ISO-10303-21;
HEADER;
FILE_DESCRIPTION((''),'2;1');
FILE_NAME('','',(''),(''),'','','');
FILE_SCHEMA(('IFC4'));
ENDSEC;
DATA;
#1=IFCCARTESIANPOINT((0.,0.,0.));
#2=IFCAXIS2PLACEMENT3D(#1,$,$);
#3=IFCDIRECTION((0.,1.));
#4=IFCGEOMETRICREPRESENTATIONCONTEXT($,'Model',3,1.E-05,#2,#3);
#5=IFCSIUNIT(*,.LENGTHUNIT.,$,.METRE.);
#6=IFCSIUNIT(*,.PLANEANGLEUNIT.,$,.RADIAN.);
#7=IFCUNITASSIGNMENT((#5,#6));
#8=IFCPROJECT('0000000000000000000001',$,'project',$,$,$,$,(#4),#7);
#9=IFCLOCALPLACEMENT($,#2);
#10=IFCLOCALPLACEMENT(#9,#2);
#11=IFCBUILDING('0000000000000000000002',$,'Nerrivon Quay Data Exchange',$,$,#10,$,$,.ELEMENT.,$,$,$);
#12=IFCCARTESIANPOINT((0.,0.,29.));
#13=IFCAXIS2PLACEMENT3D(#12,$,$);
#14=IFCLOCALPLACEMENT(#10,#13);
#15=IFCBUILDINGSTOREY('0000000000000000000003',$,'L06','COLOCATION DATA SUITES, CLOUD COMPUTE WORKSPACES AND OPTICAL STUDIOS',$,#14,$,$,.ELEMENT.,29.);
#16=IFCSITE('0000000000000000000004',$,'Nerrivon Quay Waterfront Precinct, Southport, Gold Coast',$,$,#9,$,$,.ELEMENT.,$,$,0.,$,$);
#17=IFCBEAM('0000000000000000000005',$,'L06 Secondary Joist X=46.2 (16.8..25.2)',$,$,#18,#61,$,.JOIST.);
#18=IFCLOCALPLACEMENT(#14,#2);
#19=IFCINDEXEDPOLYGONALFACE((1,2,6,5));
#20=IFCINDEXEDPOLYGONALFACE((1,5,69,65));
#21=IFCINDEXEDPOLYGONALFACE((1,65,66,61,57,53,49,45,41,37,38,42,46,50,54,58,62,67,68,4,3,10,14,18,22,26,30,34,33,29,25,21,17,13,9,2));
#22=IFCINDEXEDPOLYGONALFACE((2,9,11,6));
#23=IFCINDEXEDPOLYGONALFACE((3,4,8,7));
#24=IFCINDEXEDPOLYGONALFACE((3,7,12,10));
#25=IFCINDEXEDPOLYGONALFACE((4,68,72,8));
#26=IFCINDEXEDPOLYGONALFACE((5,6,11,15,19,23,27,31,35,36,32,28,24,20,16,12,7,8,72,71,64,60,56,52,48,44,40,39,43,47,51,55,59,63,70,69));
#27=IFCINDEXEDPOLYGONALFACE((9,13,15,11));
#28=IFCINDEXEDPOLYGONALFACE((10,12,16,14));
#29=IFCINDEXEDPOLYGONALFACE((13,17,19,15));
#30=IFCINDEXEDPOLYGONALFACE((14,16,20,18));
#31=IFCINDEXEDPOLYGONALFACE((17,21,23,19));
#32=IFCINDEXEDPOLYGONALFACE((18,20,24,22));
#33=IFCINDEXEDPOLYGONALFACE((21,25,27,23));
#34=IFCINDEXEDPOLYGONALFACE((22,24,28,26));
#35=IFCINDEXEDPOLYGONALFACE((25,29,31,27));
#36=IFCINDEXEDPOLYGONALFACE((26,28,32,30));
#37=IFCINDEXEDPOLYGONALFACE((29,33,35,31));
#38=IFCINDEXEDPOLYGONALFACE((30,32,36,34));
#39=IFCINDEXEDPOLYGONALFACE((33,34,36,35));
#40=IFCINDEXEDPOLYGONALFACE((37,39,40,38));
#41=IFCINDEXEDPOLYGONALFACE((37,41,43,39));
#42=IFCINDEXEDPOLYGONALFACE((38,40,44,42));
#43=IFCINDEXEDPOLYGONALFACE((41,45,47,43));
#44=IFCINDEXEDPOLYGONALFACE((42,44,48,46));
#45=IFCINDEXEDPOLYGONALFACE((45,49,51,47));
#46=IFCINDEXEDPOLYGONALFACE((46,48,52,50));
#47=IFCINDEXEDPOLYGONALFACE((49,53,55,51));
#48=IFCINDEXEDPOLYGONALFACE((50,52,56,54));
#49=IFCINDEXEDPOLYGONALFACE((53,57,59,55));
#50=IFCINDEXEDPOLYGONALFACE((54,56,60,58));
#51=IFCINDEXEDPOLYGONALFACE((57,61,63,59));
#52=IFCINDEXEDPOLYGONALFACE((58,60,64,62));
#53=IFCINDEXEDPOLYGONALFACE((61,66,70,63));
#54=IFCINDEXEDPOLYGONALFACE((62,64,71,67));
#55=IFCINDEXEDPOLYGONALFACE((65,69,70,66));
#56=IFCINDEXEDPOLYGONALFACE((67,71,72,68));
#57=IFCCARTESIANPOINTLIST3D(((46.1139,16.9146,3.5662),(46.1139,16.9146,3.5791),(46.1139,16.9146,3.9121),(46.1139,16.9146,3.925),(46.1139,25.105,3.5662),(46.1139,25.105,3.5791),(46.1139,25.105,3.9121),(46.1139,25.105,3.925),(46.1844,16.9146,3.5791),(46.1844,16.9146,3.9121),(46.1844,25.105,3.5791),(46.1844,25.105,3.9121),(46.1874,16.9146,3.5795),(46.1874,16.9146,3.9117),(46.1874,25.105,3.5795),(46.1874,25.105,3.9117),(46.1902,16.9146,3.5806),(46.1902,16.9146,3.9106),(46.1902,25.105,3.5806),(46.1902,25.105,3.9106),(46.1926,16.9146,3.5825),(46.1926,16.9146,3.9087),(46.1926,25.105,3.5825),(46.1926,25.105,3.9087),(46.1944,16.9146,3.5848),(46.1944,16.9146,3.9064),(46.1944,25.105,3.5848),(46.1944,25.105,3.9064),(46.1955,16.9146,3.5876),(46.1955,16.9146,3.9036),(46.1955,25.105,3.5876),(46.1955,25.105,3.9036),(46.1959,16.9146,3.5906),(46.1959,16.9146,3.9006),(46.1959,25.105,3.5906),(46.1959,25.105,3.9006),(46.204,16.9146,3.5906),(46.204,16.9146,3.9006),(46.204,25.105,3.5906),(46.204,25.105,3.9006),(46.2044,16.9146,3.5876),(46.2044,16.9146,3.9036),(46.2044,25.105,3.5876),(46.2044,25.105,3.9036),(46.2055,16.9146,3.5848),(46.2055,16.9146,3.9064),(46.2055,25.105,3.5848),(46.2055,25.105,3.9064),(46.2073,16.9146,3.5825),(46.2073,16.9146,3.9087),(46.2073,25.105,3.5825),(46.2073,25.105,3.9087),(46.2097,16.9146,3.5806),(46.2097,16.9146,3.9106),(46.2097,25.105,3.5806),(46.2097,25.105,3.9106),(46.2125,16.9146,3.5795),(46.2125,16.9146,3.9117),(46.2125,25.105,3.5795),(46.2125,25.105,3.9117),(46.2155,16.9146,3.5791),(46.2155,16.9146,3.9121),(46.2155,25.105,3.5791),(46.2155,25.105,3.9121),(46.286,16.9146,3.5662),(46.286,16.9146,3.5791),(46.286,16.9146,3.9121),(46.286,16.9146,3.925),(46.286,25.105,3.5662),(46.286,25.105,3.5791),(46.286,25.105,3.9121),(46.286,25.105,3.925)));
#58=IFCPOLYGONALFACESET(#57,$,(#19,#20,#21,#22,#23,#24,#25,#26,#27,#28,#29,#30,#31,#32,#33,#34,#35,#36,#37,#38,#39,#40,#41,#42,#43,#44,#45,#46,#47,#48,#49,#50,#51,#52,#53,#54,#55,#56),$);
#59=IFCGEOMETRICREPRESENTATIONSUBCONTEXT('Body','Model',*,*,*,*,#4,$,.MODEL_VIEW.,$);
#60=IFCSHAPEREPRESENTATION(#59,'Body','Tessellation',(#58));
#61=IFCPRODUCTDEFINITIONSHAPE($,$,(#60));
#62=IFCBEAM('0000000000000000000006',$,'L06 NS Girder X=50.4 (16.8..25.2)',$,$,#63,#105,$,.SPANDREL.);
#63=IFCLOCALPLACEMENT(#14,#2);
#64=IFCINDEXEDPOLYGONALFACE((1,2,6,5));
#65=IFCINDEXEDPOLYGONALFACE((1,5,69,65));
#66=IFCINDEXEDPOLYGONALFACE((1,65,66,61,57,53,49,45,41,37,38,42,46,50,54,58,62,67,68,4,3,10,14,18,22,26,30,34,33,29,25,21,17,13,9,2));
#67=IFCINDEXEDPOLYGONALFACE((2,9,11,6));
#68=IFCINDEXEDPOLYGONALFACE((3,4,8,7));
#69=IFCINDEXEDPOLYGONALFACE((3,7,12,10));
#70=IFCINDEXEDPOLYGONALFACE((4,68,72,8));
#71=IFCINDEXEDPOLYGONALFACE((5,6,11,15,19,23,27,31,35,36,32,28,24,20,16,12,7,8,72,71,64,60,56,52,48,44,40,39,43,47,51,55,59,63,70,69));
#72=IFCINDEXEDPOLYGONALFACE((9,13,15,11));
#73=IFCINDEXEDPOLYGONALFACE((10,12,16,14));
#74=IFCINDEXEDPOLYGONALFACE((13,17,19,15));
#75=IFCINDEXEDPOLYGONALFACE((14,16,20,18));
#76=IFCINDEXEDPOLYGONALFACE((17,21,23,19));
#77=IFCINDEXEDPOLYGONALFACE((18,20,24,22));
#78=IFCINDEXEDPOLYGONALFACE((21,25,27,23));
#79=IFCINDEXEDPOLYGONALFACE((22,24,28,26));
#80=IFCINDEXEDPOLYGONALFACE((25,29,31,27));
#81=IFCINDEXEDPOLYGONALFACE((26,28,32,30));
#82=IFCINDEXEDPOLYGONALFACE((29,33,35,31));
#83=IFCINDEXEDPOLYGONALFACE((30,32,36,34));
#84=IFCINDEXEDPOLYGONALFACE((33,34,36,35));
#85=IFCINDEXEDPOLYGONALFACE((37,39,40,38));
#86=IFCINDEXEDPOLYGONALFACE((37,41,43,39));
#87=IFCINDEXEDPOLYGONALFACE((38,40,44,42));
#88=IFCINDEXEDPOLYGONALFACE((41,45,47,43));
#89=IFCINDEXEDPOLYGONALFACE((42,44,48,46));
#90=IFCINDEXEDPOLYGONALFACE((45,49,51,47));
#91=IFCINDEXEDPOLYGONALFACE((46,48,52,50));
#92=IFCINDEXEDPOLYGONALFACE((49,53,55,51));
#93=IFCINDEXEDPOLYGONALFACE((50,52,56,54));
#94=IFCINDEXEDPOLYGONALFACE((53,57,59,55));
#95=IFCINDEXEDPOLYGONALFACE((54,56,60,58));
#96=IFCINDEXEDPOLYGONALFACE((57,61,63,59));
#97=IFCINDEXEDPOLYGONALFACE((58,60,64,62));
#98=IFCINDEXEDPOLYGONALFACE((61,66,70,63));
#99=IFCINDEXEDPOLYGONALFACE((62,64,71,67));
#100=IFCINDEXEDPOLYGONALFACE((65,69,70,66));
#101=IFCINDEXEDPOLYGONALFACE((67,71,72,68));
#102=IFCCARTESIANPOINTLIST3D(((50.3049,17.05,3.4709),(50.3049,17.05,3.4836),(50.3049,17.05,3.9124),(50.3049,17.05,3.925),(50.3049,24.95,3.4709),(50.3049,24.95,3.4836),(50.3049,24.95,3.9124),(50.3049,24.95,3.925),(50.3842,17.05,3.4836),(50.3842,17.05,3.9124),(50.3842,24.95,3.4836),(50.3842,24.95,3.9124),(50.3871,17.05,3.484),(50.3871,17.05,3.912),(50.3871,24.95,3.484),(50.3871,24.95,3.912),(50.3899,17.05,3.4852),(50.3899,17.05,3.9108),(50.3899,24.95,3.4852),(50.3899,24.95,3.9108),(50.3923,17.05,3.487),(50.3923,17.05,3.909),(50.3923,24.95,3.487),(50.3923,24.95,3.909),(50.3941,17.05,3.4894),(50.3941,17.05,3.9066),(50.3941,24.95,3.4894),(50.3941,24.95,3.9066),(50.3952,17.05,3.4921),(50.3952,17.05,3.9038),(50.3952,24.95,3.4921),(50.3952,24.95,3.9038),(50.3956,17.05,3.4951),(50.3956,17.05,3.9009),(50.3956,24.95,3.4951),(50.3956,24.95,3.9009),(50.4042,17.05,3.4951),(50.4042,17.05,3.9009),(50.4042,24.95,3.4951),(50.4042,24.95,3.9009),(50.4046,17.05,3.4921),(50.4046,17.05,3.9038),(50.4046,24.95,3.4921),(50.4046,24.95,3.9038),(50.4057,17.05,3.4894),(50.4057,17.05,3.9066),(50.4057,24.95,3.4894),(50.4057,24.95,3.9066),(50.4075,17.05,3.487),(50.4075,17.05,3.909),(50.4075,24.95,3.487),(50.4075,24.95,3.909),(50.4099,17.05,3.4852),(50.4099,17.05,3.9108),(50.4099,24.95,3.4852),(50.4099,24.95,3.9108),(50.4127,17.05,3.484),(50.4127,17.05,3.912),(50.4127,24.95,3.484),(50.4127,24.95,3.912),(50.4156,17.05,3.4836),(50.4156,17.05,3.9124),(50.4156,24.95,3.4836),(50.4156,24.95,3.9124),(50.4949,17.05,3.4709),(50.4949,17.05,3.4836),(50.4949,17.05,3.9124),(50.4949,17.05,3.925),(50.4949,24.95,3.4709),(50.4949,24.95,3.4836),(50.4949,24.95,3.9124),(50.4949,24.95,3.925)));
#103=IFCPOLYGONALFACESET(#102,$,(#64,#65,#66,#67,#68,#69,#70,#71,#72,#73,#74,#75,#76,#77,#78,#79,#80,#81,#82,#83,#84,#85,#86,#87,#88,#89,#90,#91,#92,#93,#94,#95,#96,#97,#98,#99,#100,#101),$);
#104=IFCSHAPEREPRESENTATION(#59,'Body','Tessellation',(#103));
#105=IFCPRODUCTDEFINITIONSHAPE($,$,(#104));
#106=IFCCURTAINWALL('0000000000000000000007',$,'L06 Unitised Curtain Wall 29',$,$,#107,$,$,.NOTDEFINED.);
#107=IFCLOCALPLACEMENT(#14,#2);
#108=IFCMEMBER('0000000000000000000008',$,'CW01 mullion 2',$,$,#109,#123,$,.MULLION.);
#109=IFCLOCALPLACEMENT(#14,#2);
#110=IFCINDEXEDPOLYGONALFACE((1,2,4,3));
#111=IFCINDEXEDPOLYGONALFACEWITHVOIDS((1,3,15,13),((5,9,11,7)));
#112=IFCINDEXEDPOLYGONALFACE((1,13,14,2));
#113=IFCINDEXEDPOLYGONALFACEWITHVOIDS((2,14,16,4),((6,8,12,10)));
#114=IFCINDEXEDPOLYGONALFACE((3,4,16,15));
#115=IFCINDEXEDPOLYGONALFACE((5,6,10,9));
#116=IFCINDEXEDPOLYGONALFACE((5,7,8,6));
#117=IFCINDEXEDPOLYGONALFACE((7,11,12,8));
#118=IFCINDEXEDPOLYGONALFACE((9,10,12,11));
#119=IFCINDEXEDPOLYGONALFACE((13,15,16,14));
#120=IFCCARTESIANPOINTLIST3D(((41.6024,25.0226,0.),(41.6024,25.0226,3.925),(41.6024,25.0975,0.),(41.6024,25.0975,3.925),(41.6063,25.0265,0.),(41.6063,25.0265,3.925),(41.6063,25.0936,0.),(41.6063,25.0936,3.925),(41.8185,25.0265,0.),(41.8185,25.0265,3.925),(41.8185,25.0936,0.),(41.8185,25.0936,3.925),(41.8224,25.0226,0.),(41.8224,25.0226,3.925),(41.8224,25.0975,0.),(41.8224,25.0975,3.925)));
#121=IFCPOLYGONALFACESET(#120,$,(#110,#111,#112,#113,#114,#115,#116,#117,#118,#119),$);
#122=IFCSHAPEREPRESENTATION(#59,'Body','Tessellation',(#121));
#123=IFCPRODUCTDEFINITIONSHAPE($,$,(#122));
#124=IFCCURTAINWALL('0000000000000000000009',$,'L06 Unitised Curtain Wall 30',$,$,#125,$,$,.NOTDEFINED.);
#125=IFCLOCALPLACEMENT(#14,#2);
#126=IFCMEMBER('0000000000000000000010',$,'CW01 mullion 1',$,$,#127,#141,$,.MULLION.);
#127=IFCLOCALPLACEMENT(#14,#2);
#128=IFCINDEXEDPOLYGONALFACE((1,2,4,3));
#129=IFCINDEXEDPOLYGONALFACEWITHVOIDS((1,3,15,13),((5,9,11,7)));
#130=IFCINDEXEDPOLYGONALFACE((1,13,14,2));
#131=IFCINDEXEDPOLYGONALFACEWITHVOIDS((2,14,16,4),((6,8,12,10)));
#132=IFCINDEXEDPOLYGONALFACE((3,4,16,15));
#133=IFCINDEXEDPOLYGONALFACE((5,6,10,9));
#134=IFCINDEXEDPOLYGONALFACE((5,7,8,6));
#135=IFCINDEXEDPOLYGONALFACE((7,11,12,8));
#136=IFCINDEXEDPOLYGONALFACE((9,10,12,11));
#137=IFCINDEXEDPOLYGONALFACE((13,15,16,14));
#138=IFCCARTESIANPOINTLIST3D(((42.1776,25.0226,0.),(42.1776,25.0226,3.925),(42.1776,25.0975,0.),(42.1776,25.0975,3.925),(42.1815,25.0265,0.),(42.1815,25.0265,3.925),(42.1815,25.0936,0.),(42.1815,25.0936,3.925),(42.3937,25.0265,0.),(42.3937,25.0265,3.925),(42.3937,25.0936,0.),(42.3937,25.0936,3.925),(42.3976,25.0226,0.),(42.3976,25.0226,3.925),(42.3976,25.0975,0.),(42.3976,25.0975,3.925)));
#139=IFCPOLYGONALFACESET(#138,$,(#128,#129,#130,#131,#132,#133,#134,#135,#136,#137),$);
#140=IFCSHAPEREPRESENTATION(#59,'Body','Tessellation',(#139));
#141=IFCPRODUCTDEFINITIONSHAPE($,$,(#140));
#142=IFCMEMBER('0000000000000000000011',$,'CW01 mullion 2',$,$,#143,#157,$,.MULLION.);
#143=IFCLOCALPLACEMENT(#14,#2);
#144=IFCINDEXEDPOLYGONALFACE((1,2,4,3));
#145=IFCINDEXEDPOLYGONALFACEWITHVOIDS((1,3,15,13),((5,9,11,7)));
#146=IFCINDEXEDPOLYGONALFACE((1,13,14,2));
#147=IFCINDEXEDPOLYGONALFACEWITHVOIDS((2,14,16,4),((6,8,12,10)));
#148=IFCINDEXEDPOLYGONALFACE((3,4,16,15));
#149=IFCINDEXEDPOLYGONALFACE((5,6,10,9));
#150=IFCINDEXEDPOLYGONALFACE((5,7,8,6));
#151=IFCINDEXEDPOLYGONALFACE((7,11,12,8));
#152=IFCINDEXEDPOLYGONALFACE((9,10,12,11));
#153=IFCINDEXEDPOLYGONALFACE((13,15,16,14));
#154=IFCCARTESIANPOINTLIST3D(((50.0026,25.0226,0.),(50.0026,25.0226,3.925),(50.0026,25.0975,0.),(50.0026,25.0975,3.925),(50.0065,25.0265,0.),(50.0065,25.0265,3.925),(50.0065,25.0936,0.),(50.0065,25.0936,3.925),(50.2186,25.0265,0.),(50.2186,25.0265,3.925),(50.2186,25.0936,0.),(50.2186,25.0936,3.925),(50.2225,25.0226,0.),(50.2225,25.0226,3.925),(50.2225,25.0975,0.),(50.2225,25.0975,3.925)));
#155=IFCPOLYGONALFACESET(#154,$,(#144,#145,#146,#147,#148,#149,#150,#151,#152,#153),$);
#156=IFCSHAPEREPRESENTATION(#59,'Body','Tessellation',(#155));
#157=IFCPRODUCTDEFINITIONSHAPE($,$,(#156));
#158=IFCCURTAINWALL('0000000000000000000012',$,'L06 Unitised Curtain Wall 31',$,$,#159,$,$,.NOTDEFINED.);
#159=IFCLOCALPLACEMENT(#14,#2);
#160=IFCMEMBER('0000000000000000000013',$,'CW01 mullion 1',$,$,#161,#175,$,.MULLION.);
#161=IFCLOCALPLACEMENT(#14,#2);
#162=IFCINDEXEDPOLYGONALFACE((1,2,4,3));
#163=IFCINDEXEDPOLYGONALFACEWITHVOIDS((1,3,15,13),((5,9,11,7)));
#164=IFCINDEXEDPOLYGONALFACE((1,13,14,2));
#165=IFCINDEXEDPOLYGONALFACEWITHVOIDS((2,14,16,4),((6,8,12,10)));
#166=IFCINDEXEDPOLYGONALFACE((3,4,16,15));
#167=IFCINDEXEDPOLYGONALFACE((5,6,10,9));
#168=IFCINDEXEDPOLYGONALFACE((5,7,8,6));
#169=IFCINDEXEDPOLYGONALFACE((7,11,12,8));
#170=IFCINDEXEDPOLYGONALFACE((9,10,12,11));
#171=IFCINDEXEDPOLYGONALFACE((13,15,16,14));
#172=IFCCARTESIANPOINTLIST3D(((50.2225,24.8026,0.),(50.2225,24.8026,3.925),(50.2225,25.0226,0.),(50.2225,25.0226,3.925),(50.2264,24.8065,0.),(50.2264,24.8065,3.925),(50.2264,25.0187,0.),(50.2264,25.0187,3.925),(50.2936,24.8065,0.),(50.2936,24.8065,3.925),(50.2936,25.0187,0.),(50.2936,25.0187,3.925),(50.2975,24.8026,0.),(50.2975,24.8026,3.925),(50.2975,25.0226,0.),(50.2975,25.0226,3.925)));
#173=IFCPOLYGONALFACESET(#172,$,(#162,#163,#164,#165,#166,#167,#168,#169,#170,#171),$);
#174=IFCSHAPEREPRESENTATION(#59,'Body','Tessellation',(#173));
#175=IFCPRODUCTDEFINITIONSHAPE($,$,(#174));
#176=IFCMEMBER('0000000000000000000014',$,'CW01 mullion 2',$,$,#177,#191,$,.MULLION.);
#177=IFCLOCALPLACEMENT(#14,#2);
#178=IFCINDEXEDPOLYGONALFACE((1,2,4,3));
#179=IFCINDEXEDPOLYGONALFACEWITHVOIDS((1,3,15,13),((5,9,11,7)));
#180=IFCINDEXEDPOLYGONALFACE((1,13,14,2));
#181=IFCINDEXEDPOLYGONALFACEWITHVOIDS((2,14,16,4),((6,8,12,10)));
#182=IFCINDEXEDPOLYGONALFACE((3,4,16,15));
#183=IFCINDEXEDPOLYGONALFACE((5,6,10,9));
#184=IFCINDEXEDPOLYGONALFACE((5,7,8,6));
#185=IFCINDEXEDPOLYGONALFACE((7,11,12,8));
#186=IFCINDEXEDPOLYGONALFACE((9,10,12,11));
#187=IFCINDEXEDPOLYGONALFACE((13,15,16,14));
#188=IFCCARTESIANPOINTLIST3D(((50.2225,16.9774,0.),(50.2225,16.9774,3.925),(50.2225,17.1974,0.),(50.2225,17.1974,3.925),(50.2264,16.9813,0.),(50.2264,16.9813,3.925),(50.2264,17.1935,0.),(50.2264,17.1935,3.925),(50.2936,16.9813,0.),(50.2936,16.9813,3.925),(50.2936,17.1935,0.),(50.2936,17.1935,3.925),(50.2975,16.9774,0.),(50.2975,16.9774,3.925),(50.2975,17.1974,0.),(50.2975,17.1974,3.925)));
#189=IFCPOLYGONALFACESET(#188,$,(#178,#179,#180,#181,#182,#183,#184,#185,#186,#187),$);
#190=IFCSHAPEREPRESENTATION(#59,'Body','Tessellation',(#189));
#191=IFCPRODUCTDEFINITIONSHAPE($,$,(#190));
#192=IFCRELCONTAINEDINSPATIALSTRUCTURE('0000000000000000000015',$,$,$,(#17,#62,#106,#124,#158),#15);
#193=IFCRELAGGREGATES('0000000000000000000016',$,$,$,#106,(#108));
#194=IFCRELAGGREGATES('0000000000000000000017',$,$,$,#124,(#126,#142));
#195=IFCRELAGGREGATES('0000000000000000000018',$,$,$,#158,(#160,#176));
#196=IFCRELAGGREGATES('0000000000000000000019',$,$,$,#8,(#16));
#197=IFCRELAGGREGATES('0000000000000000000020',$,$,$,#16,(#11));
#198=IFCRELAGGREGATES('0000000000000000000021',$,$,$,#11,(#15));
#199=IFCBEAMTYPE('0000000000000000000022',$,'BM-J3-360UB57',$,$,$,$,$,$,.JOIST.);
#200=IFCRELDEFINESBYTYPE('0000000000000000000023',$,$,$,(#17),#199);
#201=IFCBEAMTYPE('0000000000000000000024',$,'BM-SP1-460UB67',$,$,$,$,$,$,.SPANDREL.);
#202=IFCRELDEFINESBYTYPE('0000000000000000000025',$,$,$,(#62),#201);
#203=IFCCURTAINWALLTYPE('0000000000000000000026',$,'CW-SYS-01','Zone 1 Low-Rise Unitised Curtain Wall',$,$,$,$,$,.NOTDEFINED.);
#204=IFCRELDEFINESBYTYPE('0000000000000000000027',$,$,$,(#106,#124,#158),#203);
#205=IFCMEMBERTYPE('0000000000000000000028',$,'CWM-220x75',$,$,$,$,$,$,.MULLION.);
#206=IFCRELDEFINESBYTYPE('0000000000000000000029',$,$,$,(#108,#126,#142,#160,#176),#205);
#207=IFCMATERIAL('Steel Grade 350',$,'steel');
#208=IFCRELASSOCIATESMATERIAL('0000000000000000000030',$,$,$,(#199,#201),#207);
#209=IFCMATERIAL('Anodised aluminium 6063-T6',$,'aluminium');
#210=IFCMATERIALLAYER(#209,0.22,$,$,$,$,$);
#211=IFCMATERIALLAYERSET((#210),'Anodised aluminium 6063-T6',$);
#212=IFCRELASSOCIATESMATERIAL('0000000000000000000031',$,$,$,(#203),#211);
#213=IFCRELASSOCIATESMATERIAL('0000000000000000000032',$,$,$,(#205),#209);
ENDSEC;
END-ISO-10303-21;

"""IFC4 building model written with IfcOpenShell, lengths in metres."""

from ifc_helpers import new_model, si_unit, direction, frame, origin, origin_2d, place, context, subcontext, project, spatial, hollow_rectangle, i_section, extrude, material, layer, layer_set, material_profile, profile_set, type_object, element, aggregate, save


model = new_model("IFC4")

# Units and contexts
model_context = context("Model", 3, precision=1e-05, world=origin(), true_north=direction((0.0, 1.0)))
body_context = subcontext(model_context, "Body", "Model", "MODEL_VIEW")
ifc_project = project(units=[si_unit("LENGTHUNIT", "METRE"), si_unit("PLANEANGLEUNIT", "RADIAN")], contexts=[model_context])

# Site, building, storey
site_placement = place(None, origin())
site = spatial("IfcSite", under=ifc_project, at=site_placement, Name="Nerrivon Quay Waterfront Precinct, Southport, Gold Coast", CompositionType="ELEMENT", RefElevation=0.0)
building_placement = place(site_placement, origin())
building = spatial("IfcBuilding", under=site, at=building_placement, Name="Nerrivon Quay Data Exchange", CompositionType="ELEMENT")
storey_placement = place(building_placement, frame((0.0, 0.0, 29.0)))
storey = spatial("IfcBuildingStorey", under=building, at=storey_placement, Name="L06", Description="COLOCATION DATA SUITES, CLOUD COMPUTE WORKSPACES AND OPTICAL STUDIOS", CompositionType="ELEMENT", Elevation=29.0)

# Shared definitions
ifc_material_1 = material(Name="Steel Grade 350", Category="steel")

# Beams
ifc_material_profile_1 = material_profile(ifc_material_1, i_section(OverallWidth=0.1721, OverallDepth=0.3589, WebThickness=0.0081, FlangeThickness=0.0129, FilletRadius=0.0115, at=origin_2d()), Name="360UB56.7")
ifc_profile_set_1 = profile_set([ifc_material_profile_1], Name="Steel Grade 350")
beam_type_1 = type_object("IfcBeamType", Name="BM-J3-360UB57", PredefinedType="JOIST", material=ifc_profile_set_1)
for number, where, z_axis, x_axis, name in (
    (1, (46.2, 16.9146, 3.7456), (0.0, 1.0, 0.0), (-1.0, 0.0, 0.0), "L06 Secondary Joist X=46.2 (16.8..25.2)"),
):
    element("IfcBeam", number, at=place(storey_placement, frame(where, z_axis=z_axis, x_axis=x_axis)), inside=storey, type_object=beam_type_1, Name=name, PredefinedType="JOIST", context=body_context, shape_type="SweptSolid", body=[
        extrude(i_section(OverallWidth=0.1721, OverallDepth=0.3589, WebThickness=0.0081, FlangeThickness=0.0129, FilletRadius=0.0115, at=origin_2d()), origin(), (0.0, 0.0, 1.0), 8.1904),
    ])
ifc_material_profile_2 = material_profile(ifc_material_1, i_section(OverallWidth=0.1899, OverallDepth=0.4541, WebThickness=0.0085, FlangeThickness=0.0127, FilletRadius=0.0115, at=origin_2d()), Name="460UB67.1")
ifc_profile_set_2 = profile_set([ifc_material_profile_2], Name="Steel Grade 350")
beam_type_2 = type_object("IfcBeamType", Name="BM-SP1-460UB67", PredefinedType="SPANDREL", material=ifc_profile_set_2)
beam_1_placement = place(storey_placement, frame((50.3999, 17.05, 3.698), z_axis=(0.0, 1.0, 0.0), x_axis=(-1.0, 0.0, 0.0)))
element("IfcBeam", 2, at=beam_1_placement, inside=storey, type_object=beam_type_2, Name="L06 NS Girder X=50.4 (16.8..25.2)", PredefinedType="SPANDREL", context=body_context, shape_type="SweptSolid", body=[
    extrude(i_section(OverallWidth=0.1899, OverallDepth=0.4541, WebThickness=0.0085, FlangeThickness=0.0127, FilletRadius=0.0115, at=origin_2d()), origin(), (0.0, 0.0, 1.0), 7.8999),
])

# Curtain wall, member
ifc_material_2 = material(Name="Anodised aluminium 6063-T6", Category="aluminium")
ifc_layer_1 = layer(ifc_material_2, 0.22)
ifc_layer_set_1 = layer_set([ifc_layer_1], Name="Anodised aluminium 6063-T6")
curtain_wall_type = type_object("IfcCurtainWallType", Name="CW-SYS-01", Description="Zone 1 Low-Rise Unitised Curtain Wall", PredefinedType="NOTDEFINED", material=ifc_layer_set_1)
curtain_wall_1_placement = place(storey_placement, origin())
curtain_wall_1 = element("IfcCurtainWall", 3, at=curtain_wall_1_placement, inside=storey, type_object=curtain_wall_type, Name="L06 Unitised Curtain Wall 29", PredefinedType="NOTDEFINED")
ifc_material_profile_3 = material_profile(ifc_material_2, hollow_rectangle(XDim=0.075, YDim=0.22, WallThickness=0.0039, at=origin_2d()), Name="ALU-MULL-220x75")
ifc_profile_set_3 = profile_set([ifc_material_profile_3], Name="Anodised aluminium 6063-T6")
member_type_1 = type_object("IfcMemberType", Name="CWM-220x75", PredefinedType="MULLION", material=ifc_profile_set_3)
member_1_placement = place(storey_placement, frame((41.7124, 25.0601, 0.0), z_axis=(0.0, 0.0, 1.0), x_axis=(0.0, 1.0, 0.0)))
member_1 = element("IfcMember", 4, at=member_1_placement, type_object=member_type_1, Name="CW01 mullion 2", PredefinedType="MULLION", context=body_context, shape_type="SweptSolid", body=[
    extrude(hollow_rectangle(XDim=0.075, YDim=0.22, WallThickness=0.0039, at=origin_2d()), origin(), (0.0, 0.0, 1.0), 3.925),
])

# Curtain walls, members
curtain_wall_2_placement = place(storey_placement, origin())
curtain_wall_2 = element("IfcCurtainWall", 5, at=curtain_wall_2_placement, inside=storey, type_object=curtain_wall_type, Name="L06 Unitised Curtain Wall 30", PredefinedType="NOTDEFINED")
member_2_placement = place(storey_placement, frame((42.2876, 25.0601, 0.0), z_axis=(0.0, 0.0, 1.0), x_axis=(0.0, 1.0, 0.0)))
member_2 = element("IfcMember", 6, at=member_2_placement, type_object=member_type_1, Name="CW01 mullion 1", PredefinedType="MULLION", context=body_context, shape_type="SweptSolid", body=[
    extrude(hollow_rectangle(XDim=0.075, YDim=0.22, WallThickness=0.0039, at=origin_2d()), origin(), (0.0, 0.0, 1.0), 3.925),
])
member_3_placement = place(storey_placement, frame((50.1125, 25.0601, 0.0), z_axis=(0.0, 0.0, 1.0), x_axis=(0.0, 1.0, 0.0)))
member_3 = element("IfcMember", 7, at=member_3_placement, type_object=member_type_1, Name="CW01 mullion 2", PredefinedType="MULLION", context=body_context, shape_type="SweptSolid", body=[
    extrude(hollow_rectangle(XDim=0.075, YDim=0.22, WallThickness=0.0039, at=origin_2d()), origin(), (0.0, 0.0, 1.0), 3.925),
])
curtain_wall_3_placement = place(storey_placement, origin())
curtain_wall_3 = element("IfcCurtainWall", 8, at=curtain_wall_3_placement, inside=storey, type_object=curtain_wall_type, Name="L06 Unitised Curtain Wall 31", PredefinedType="NOTDEFINED")
member_4_placement = place(storey_placement, frame((50.26, 24.9126, 0.0), z_axis=(0.0, 0.0, 1.0), x_axis=(1.0, 0.0, 0.0)))
member_4 = element("IfcMember", 9, at=member_4_placement, type_object=member_type_1, Name="CW01 mullion 1", PredefinedType="MULLION", context=body_context, shape_type="SweptSolid", body=[
    extrude(hollow_rectangle(XDim=0.075, YDim=0.22, WallThickness=0.0039, at=origin_2d()), origin(), (0.0, 0.0, 1.0), 3.925),
])
member_5_placement = place(storey_placement, frame((50.26, 17.0874, 0.0), z_axis=(0.0, 0.0, 1.0), x_axis=(1.0, 0.0, 0.0)))
member_5 = element("IfcMember", 10, at=member_5_placement, type_object=member_type_1, Name="CW01 mullion 2", PredefinedType="MULLION", context=body_context, shape_type="SweptSolid", body=[
    extrude(hollow_rectangle(XDim=0.075, YDim=0.22, WallThickness=0.0039, at=origin_2d()), origin(), (0.0, 0.0, 1.0), 3.925),
])

aggregate(curtain_wall_1, [member_1])
aggregate(curtain_wall_2, [member_2, member_3])
aggregate(curtain_wall_3, [member_4, member_5])

save(model, "model.ifc")
